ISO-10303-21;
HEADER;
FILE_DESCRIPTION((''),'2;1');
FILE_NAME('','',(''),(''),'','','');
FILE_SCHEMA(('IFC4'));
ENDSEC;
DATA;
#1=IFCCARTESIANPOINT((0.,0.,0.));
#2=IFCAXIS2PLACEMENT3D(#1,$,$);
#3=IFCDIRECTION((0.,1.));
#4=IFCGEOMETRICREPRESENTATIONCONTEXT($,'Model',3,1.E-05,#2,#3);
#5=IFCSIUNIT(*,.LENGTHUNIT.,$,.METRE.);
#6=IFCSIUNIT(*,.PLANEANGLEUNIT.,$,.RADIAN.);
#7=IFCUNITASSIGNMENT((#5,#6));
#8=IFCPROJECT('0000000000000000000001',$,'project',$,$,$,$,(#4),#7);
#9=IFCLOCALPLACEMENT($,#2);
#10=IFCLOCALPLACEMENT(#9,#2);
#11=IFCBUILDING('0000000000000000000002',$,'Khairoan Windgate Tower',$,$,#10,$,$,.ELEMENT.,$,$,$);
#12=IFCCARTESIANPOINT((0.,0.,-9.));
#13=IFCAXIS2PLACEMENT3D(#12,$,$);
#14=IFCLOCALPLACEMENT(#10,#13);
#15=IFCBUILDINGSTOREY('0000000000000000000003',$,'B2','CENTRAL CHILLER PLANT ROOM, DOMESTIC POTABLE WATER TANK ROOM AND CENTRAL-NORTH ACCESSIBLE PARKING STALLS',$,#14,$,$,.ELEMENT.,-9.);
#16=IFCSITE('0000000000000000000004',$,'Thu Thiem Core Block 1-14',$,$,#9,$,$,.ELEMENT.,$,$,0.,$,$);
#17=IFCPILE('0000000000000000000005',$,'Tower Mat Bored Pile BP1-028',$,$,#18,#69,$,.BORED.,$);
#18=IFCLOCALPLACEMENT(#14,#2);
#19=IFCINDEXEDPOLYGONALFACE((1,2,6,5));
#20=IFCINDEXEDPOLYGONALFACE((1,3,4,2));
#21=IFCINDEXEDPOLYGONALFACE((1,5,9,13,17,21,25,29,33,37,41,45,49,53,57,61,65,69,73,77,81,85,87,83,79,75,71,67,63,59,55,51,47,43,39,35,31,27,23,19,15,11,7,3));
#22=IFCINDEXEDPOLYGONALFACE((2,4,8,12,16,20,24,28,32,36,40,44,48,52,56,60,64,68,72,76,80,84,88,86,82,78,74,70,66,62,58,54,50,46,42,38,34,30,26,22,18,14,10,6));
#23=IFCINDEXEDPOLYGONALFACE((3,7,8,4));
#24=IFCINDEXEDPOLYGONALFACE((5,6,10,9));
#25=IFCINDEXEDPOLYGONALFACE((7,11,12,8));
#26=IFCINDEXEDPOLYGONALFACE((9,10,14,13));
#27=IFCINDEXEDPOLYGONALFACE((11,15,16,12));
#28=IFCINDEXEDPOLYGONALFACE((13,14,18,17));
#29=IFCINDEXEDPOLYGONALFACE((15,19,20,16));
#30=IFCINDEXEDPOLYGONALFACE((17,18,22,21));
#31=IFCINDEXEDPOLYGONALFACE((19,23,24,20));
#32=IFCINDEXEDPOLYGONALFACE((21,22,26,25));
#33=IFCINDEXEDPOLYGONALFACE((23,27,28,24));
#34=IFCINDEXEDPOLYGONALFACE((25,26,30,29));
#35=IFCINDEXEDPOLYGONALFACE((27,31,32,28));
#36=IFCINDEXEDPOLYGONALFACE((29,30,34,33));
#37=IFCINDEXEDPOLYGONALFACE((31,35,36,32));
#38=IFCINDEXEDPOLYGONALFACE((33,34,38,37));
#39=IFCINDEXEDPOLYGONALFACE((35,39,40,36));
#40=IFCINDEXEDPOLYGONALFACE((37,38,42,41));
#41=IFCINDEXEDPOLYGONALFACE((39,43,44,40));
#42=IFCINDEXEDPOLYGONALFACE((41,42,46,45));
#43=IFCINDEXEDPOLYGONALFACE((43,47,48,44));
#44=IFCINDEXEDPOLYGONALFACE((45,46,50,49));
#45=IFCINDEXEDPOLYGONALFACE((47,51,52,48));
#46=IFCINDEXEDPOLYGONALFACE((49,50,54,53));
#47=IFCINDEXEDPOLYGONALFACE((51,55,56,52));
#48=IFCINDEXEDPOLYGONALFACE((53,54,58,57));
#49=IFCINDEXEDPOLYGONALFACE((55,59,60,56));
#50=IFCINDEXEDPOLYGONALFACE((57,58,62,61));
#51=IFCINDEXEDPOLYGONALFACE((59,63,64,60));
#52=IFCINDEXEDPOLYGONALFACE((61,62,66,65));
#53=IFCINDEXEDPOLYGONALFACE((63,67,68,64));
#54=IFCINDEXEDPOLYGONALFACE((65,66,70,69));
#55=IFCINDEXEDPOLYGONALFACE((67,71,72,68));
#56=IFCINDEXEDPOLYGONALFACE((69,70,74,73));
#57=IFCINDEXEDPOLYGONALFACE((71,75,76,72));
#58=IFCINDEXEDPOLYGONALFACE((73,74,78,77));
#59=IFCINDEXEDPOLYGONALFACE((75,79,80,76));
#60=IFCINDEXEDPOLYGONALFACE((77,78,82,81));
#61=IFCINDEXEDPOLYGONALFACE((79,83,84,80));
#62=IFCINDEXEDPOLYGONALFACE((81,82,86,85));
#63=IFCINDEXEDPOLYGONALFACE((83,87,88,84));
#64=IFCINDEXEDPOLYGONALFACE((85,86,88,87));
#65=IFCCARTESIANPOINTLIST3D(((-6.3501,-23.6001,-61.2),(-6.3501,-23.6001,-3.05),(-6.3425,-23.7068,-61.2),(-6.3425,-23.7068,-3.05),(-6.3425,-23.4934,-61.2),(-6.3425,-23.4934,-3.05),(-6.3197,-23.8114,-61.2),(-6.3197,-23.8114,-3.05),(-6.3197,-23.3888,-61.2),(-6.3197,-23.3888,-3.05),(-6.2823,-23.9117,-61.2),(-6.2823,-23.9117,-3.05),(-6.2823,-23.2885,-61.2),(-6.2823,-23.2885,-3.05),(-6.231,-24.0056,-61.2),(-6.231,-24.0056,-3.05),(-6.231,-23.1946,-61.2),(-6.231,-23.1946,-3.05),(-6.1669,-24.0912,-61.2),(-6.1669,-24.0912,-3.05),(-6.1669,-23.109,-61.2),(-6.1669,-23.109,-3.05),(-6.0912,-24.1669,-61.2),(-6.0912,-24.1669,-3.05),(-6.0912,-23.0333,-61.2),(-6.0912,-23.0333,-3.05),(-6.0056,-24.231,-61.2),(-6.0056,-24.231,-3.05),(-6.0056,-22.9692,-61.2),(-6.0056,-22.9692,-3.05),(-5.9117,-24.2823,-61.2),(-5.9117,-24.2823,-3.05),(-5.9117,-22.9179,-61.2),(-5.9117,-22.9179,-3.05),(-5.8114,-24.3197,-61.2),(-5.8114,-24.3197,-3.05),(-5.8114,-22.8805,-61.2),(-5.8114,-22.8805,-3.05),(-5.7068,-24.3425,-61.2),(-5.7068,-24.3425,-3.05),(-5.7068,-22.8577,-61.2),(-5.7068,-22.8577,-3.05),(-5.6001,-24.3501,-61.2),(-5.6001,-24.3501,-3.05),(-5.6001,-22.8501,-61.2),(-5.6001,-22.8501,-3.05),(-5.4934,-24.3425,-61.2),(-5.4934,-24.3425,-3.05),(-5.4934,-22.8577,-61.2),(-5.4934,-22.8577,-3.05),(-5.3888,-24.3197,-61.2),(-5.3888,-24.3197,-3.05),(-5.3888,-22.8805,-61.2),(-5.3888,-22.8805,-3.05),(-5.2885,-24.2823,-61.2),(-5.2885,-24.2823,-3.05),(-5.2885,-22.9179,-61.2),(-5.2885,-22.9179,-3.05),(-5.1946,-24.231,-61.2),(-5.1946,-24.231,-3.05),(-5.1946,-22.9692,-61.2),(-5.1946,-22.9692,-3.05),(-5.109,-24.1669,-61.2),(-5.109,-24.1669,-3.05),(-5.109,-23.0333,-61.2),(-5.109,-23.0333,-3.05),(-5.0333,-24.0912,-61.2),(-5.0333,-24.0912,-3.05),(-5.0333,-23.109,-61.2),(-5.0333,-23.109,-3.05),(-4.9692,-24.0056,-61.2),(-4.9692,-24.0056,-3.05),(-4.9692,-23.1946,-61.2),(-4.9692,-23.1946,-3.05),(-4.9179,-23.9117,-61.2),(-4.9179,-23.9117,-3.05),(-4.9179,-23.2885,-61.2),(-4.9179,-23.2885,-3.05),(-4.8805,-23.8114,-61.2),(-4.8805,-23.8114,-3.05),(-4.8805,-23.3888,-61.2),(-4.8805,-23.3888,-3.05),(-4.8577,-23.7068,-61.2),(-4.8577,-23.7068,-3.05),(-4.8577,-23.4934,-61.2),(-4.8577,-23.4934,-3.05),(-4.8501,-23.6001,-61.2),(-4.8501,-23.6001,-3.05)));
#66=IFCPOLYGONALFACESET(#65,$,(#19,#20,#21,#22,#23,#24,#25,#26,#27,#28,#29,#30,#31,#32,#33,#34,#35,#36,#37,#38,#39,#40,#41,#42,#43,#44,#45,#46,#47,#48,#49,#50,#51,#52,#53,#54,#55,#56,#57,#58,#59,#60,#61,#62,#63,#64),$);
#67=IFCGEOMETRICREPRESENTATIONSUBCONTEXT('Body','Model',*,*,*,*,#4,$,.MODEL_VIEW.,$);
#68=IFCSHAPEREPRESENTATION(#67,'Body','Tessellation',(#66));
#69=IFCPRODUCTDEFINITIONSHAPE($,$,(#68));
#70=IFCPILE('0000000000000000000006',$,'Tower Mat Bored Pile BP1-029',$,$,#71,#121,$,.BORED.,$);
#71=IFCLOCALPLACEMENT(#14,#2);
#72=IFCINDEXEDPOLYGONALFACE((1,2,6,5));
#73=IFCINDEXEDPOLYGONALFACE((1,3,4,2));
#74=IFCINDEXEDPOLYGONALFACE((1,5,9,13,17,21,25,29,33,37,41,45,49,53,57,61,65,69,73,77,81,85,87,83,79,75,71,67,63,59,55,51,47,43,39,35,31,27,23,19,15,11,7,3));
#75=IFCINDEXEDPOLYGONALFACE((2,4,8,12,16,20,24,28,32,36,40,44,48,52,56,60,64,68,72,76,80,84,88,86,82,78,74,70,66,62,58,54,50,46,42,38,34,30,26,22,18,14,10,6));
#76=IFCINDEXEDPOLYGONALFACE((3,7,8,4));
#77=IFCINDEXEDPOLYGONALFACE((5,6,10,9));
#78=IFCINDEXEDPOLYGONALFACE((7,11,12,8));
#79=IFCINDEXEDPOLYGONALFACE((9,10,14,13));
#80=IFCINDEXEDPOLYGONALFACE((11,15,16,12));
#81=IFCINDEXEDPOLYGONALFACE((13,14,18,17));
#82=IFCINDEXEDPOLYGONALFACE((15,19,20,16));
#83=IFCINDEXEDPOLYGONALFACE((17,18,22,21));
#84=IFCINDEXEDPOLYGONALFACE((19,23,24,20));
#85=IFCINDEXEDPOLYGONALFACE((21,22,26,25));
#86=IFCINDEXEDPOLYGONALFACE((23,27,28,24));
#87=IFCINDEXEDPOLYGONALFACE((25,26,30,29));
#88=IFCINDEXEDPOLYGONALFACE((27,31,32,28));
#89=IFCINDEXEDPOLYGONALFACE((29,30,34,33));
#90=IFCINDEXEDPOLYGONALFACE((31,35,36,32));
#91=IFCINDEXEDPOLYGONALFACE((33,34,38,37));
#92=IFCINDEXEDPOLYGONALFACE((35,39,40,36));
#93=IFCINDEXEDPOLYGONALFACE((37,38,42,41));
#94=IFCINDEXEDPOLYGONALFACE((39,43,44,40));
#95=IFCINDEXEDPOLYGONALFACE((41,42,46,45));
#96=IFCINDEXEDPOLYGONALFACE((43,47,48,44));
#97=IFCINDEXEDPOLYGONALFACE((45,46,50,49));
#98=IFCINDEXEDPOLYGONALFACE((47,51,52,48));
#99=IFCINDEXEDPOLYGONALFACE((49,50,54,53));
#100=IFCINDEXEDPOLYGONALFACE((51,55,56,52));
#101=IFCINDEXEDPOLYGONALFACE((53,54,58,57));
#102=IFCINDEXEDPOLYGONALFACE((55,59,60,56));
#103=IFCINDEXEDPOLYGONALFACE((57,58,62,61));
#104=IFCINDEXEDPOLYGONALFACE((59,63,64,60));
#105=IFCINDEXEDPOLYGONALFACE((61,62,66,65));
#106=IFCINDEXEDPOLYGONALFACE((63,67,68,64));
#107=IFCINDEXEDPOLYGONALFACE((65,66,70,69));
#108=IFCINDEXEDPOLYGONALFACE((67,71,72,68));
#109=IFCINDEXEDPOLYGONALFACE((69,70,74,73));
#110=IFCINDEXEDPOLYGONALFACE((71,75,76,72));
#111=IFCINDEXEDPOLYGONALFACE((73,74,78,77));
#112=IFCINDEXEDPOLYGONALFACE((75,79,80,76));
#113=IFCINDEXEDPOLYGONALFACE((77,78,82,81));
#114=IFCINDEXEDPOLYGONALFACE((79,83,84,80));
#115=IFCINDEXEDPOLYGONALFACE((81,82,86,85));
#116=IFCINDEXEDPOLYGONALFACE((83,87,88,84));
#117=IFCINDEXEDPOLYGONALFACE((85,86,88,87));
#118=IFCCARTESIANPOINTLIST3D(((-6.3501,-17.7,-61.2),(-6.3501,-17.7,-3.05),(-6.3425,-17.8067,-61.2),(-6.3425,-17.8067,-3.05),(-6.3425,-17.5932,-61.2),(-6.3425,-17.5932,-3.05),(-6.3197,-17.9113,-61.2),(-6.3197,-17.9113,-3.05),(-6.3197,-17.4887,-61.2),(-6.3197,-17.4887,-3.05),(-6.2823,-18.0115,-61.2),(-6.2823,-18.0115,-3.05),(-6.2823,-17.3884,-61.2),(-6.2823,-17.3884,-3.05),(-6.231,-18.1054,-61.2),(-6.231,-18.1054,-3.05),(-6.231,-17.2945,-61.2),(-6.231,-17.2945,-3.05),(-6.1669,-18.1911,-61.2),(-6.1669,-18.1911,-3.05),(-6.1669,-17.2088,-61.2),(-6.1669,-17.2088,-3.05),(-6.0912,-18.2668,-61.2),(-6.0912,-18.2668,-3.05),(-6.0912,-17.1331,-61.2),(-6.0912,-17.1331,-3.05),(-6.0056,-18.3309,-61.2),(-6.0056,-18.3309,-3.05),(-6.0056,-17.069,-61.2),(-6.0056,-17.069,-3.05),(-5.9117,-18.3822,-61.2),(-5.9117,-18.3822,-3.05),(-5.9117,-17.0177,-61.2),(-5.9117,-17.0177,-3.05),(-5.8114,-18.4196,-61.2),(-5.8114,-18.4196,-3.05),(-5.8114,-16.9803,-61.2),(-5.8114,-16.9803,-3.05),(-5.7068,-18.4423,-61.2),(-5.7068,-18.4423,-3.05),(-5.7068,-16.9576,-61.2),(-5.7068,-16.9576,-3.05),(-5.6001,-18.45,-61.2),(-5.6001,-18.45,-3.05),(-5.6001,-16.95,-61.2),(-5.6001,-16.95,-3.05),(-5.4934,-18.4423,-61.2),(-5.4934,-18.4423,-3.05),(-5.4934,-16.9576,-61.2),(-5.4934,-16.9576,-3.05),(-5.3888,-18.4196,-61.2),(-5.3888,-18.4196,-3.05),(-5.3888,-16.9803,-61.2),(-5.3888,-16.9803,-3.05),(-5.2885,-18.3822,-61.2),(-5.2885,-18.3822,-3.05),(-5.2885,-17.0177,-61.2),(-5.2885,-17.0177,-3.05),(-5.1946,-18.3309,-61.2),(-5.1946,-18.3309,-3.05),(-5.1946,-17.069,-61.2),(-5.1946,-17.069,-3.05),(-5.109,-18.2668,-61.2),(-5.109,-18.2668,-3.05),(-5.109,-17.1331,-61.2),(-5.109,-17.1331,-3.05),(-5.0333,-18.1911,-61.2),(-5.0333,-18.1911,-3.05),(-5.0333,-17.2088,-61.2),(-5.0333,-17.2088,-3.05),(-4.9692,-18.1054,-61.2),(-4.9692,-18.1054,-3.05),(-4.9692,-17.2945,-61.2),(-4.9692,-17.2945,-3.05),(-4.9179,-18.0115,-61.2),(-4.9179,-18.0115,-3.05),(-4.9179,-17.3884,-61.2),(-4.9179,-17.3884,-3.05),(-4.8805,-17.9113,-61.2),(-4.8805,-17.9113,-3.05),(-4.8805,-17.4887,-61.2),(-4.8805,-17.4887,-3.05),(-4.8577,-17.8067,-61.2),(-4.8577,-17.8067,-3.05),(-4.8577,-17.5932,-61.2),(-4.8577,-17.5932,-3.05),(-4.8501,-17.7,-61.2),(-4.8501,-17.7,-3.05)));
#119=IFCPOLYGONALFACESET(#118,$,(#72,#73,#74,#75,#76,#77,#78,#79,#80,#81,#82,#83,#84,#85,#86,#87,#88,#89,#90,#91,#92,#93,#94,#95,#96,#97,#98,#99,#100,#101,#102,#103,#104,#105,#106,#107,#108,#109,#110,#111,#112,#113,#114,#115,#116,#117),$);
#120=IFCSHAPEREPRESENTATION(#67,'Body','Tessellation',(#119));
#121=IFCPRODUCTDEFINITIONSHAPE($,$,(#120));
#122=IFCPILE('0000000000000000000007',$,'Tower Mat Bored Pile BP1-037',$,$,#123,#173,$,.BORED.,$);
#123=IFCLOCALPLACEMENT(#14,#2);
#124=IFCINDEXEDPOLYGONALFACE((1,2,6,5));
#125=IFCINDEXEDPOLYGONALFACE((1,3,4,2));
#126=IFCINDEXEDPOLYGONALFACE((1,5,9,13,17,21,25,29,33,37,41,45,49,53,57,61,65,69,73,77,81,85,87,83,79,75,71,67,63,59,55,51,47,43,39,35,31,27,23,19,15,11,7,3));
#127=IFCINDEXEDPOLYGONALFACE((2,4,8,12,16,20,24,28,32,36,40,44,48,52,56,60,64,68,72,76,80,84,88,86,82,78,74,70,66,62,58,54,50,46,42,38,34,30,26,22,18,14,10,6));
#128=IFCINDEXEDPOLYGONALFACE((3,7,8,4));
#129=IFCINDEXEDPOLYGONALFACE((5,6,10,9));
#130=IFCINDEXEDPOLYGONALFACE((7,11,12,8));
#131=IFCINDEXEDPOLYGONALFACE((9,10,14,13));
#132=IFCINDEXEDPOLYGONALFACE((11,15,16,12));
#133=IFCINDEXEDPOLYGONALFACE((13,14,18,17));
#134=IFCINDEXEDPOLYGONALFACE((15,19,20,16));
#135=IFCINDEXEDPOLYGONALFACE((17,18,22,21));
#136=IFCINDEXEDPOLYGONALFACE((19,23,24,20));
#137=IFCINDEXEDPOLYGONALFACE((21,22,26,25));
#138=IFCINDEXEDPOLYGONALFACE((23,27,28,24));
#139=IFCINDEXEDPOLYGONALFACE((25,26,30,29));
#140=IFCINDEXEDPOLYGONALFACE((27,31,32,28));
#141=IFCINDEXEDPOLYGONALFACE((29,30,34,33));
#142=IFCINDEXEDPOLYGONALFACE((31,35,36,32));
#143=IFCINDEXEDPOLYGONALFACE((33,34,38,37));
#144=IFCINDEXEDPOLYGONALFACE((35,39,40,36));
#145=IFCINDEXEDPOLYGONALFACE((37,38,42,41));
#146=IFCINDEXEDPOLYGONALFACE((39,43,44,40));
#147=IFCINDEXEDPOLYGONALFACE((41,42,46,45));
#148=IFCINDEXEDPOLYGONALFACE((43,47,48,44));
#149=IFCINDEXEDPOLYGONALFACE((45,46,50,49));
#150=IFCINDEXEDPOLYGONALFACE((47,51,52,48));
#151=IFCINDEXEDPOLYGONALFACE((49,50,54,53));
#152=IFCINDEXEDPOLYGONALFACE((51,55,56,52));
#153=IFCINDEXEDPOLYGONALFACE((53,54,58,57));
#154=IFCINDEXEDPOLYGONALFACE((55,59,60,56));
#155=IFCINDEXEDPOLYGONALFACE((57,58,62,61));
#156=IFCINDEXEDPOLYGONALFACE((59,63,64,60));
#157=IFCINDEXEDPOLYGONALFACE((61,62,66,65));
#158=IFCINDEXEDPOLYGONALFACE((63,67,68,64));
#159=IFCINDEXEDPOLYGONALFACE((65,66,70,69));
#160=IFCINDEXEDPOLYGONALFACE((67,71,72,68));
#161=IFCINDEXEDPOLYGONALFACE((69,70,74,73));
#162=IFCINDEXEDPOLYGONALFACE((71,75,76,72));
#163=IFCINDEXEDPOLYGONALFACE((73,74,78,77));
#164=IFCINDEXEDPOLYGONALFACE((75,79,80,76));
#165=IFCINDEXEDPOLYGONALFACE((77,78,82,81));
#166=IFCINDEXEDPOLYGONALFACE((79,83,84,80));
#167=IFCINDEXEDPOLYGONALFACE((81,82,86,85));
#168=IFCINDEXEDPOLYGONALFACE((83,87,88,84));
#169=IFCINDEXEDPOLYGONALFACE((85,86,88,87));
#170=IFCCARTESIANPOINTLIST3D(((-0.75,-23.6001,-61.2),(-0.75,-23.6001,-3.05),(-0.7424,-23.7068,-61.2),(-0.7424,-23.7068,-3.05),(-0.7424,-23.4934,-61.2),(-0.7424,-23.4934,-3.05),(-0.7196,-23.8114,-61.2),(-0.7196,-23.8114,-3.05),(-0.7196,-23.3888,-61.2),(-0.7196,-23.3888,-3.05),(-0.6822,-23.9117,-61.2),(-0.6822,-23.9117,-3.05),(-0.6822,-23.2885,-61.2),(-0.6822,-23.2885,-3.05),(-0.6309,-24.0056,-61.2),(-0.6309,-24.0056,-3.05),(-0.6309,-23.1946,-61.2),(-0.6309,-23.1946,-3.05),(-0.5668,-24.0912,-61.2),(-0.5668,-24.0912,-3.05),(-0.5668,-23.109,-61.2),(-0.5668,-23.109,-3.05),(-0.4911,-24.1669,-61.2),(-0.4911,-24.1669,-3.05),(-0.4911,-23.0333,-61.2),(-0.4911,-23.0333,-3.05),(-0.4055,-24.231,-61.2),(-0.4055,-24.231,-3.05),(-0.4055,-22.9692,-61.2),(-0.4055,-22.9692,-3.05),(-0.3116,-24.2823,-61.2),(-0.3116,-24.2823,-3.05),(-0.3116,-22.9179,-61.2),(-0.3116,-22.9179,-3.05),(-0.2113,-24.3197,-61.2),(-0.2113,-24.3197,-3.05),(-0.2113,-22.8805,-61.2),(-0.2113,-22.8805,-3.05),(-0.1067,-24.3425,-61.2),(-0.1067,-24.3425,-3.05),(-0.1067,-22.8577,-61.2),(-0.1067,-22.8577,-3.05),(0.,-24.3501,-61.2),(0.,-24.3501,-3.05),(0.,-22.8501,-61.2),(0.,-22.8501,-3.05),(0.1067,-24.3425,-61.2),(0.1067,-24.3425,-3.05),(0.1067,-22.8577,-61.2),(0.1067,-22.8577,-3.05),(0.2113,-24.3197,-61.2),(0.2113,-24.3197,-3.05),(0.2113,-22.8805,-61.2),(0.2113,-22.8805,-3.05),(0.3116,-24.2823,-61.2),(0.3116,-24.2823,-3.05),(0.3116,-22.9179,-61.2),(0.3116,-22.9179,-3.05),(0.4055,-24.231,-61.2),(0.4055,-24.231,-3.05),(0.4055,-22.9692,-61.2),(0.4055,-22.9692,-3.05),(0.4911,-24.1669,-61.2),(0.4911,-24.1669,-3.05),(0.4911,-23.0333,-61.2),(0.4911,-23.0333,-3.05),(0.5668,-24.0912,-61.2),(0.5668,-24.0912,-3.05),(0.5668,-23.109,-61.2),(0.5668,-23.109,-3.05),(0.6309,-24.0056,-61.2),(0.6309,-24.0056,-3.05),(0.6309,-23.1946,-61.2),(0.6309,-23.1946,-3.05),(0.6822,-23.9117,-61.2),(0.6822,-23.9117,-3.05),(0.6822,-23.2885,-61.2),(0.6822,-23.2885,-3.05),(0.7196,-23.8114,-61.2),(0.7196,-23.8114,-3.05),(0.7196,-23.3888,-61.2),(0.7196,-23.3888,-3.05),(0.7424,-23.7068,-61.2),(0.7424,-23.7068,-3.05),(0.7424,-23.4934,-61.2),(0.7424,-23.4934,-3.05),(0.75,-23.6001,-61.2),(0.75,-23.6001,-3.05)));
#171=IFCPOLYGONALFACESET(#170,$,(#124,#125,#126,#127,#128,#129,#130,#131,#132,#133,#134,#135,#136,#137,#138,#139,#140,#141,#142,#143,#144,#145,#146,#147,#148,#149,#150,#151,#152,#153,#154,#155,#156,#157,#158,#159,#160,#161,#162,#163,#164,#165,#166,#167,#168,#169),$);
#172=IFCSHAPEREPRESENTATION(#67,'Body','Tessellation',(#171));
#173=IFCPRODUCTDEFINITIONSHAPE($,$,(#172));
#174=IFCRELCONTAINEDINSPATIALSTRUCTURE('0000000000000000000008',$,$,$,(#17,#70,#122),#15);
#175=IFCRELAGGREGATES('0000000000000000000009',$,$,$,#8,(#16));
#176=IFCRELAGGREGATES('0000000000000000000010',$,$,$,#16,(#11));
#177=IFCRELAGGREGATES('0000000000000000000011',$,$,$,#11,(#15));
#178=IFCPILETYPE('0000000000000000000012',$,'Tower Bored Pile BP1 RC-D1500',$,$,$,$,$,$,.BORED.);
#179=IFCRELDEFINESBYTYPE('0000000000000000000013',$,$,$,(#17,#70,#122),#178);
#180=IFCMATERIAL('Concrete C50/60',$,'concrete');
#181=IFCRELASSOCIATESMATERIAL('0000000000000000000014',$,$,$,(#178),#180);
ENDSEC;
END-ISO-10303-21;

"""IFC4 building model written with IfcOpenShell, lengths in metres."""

from ifc_helpers import new_model, si_unit, direction, frame, origin, origin_2d, place, context, subcontext, project, spatial, circle, extrude, material, material_profile, profile_set, type_object, element, save


model = new_model("IFC4")

# Units and contexts
model_context = context("Model", 3, precision=1e-05, world=origin(), true_north=direction((0.0, 1.0)))
body_context = subcontext(model_context, "Body", "Model", "MODEL_VIEW")
ifc_project = project(units=[si_unit("LENGTHUNIT", "METRE"), si_unit("PLANEANGLEUNIT", "RADIAN")], contexts=[model_context])

# Site, building, storey
site_placement = place(None, origin())
site = spatial("IfcSite", under=ifc_project, at=site_placement, Name="Thu Thiem Core Block 1-14", CompositionType="ELEMENT", RefElevation=0.0)
building_placement = place(site_placement, origin())
building = spatial("IfcBuilding", under=site, at=building_placement, Name="Khairoan Windgate Tower", CompositionType="ELEMENT")
storey_placement = place(building_placement, frame((0.0, 0.0, -9.0)))
storey = spatial("IfcBuildingStorey", under=building, at=storey_placement, Name="B2", Description="CENTRAL CHILLER PLANT ROOM, DOMESTIC POTABLE WATER TANK ROOM AND CENTRAL-NORTH ACCESSIBLE PARKING STALLS", CompositionType="ELEMENT", Elevation=-9.0)

# Piles
ifc_material_1 = material(Name="Concrete C50/60", Category="concrete")
ifc_material_profile_1 = material_profile(ifc_material_1, circle(Radius=0.75, at=origin_2d()))
ifc_profile_set_1 = profile_set([ifc_material_profile_1], Name="Concrete C50/60")
pile_type = type_object("IfcPileType", Name="Tower Bored Pile BP1 RC-D1500", PredefinedType="BORED", material=ifc_profile_set_1)
for number, where, z_axis, x_axis, name in (
    (1, (-5.6001, -23.6001, -3.05), (0.0, 0.0, -1.0), (1.0, 0.0, 0.0), "Tower Mat Bored Pile BP1-028"),
    (2, (-5.6001, -17.7, -3.05), (0.0, 0.0, -1.0), (1.0, 0.0, 0.0), "Tower Mat Bored Pile BP1-029"),
    (3, (0.0, -23.6001, -3.05), (0.0, 0.0, -1.0), (1.0, 0.0, 0.0), "Tower Mat Bored Pile BP1-037"),
):
    element("IfcPile", number, at=place(storey_placement, frame(where, z_axis=z_axis, x_axis=x_axis)), inside=storey, type_object=pile_type, Name=name, PredefinedType="BORED", context=body_context, shape_type="SweptSolid", body=[
        extrude(circle(Radius=0.75, at=origin_2d()), origin(), (0.0, 0.0, 1.0), 58.1499),
    ])

save(model, "model.ifc")
